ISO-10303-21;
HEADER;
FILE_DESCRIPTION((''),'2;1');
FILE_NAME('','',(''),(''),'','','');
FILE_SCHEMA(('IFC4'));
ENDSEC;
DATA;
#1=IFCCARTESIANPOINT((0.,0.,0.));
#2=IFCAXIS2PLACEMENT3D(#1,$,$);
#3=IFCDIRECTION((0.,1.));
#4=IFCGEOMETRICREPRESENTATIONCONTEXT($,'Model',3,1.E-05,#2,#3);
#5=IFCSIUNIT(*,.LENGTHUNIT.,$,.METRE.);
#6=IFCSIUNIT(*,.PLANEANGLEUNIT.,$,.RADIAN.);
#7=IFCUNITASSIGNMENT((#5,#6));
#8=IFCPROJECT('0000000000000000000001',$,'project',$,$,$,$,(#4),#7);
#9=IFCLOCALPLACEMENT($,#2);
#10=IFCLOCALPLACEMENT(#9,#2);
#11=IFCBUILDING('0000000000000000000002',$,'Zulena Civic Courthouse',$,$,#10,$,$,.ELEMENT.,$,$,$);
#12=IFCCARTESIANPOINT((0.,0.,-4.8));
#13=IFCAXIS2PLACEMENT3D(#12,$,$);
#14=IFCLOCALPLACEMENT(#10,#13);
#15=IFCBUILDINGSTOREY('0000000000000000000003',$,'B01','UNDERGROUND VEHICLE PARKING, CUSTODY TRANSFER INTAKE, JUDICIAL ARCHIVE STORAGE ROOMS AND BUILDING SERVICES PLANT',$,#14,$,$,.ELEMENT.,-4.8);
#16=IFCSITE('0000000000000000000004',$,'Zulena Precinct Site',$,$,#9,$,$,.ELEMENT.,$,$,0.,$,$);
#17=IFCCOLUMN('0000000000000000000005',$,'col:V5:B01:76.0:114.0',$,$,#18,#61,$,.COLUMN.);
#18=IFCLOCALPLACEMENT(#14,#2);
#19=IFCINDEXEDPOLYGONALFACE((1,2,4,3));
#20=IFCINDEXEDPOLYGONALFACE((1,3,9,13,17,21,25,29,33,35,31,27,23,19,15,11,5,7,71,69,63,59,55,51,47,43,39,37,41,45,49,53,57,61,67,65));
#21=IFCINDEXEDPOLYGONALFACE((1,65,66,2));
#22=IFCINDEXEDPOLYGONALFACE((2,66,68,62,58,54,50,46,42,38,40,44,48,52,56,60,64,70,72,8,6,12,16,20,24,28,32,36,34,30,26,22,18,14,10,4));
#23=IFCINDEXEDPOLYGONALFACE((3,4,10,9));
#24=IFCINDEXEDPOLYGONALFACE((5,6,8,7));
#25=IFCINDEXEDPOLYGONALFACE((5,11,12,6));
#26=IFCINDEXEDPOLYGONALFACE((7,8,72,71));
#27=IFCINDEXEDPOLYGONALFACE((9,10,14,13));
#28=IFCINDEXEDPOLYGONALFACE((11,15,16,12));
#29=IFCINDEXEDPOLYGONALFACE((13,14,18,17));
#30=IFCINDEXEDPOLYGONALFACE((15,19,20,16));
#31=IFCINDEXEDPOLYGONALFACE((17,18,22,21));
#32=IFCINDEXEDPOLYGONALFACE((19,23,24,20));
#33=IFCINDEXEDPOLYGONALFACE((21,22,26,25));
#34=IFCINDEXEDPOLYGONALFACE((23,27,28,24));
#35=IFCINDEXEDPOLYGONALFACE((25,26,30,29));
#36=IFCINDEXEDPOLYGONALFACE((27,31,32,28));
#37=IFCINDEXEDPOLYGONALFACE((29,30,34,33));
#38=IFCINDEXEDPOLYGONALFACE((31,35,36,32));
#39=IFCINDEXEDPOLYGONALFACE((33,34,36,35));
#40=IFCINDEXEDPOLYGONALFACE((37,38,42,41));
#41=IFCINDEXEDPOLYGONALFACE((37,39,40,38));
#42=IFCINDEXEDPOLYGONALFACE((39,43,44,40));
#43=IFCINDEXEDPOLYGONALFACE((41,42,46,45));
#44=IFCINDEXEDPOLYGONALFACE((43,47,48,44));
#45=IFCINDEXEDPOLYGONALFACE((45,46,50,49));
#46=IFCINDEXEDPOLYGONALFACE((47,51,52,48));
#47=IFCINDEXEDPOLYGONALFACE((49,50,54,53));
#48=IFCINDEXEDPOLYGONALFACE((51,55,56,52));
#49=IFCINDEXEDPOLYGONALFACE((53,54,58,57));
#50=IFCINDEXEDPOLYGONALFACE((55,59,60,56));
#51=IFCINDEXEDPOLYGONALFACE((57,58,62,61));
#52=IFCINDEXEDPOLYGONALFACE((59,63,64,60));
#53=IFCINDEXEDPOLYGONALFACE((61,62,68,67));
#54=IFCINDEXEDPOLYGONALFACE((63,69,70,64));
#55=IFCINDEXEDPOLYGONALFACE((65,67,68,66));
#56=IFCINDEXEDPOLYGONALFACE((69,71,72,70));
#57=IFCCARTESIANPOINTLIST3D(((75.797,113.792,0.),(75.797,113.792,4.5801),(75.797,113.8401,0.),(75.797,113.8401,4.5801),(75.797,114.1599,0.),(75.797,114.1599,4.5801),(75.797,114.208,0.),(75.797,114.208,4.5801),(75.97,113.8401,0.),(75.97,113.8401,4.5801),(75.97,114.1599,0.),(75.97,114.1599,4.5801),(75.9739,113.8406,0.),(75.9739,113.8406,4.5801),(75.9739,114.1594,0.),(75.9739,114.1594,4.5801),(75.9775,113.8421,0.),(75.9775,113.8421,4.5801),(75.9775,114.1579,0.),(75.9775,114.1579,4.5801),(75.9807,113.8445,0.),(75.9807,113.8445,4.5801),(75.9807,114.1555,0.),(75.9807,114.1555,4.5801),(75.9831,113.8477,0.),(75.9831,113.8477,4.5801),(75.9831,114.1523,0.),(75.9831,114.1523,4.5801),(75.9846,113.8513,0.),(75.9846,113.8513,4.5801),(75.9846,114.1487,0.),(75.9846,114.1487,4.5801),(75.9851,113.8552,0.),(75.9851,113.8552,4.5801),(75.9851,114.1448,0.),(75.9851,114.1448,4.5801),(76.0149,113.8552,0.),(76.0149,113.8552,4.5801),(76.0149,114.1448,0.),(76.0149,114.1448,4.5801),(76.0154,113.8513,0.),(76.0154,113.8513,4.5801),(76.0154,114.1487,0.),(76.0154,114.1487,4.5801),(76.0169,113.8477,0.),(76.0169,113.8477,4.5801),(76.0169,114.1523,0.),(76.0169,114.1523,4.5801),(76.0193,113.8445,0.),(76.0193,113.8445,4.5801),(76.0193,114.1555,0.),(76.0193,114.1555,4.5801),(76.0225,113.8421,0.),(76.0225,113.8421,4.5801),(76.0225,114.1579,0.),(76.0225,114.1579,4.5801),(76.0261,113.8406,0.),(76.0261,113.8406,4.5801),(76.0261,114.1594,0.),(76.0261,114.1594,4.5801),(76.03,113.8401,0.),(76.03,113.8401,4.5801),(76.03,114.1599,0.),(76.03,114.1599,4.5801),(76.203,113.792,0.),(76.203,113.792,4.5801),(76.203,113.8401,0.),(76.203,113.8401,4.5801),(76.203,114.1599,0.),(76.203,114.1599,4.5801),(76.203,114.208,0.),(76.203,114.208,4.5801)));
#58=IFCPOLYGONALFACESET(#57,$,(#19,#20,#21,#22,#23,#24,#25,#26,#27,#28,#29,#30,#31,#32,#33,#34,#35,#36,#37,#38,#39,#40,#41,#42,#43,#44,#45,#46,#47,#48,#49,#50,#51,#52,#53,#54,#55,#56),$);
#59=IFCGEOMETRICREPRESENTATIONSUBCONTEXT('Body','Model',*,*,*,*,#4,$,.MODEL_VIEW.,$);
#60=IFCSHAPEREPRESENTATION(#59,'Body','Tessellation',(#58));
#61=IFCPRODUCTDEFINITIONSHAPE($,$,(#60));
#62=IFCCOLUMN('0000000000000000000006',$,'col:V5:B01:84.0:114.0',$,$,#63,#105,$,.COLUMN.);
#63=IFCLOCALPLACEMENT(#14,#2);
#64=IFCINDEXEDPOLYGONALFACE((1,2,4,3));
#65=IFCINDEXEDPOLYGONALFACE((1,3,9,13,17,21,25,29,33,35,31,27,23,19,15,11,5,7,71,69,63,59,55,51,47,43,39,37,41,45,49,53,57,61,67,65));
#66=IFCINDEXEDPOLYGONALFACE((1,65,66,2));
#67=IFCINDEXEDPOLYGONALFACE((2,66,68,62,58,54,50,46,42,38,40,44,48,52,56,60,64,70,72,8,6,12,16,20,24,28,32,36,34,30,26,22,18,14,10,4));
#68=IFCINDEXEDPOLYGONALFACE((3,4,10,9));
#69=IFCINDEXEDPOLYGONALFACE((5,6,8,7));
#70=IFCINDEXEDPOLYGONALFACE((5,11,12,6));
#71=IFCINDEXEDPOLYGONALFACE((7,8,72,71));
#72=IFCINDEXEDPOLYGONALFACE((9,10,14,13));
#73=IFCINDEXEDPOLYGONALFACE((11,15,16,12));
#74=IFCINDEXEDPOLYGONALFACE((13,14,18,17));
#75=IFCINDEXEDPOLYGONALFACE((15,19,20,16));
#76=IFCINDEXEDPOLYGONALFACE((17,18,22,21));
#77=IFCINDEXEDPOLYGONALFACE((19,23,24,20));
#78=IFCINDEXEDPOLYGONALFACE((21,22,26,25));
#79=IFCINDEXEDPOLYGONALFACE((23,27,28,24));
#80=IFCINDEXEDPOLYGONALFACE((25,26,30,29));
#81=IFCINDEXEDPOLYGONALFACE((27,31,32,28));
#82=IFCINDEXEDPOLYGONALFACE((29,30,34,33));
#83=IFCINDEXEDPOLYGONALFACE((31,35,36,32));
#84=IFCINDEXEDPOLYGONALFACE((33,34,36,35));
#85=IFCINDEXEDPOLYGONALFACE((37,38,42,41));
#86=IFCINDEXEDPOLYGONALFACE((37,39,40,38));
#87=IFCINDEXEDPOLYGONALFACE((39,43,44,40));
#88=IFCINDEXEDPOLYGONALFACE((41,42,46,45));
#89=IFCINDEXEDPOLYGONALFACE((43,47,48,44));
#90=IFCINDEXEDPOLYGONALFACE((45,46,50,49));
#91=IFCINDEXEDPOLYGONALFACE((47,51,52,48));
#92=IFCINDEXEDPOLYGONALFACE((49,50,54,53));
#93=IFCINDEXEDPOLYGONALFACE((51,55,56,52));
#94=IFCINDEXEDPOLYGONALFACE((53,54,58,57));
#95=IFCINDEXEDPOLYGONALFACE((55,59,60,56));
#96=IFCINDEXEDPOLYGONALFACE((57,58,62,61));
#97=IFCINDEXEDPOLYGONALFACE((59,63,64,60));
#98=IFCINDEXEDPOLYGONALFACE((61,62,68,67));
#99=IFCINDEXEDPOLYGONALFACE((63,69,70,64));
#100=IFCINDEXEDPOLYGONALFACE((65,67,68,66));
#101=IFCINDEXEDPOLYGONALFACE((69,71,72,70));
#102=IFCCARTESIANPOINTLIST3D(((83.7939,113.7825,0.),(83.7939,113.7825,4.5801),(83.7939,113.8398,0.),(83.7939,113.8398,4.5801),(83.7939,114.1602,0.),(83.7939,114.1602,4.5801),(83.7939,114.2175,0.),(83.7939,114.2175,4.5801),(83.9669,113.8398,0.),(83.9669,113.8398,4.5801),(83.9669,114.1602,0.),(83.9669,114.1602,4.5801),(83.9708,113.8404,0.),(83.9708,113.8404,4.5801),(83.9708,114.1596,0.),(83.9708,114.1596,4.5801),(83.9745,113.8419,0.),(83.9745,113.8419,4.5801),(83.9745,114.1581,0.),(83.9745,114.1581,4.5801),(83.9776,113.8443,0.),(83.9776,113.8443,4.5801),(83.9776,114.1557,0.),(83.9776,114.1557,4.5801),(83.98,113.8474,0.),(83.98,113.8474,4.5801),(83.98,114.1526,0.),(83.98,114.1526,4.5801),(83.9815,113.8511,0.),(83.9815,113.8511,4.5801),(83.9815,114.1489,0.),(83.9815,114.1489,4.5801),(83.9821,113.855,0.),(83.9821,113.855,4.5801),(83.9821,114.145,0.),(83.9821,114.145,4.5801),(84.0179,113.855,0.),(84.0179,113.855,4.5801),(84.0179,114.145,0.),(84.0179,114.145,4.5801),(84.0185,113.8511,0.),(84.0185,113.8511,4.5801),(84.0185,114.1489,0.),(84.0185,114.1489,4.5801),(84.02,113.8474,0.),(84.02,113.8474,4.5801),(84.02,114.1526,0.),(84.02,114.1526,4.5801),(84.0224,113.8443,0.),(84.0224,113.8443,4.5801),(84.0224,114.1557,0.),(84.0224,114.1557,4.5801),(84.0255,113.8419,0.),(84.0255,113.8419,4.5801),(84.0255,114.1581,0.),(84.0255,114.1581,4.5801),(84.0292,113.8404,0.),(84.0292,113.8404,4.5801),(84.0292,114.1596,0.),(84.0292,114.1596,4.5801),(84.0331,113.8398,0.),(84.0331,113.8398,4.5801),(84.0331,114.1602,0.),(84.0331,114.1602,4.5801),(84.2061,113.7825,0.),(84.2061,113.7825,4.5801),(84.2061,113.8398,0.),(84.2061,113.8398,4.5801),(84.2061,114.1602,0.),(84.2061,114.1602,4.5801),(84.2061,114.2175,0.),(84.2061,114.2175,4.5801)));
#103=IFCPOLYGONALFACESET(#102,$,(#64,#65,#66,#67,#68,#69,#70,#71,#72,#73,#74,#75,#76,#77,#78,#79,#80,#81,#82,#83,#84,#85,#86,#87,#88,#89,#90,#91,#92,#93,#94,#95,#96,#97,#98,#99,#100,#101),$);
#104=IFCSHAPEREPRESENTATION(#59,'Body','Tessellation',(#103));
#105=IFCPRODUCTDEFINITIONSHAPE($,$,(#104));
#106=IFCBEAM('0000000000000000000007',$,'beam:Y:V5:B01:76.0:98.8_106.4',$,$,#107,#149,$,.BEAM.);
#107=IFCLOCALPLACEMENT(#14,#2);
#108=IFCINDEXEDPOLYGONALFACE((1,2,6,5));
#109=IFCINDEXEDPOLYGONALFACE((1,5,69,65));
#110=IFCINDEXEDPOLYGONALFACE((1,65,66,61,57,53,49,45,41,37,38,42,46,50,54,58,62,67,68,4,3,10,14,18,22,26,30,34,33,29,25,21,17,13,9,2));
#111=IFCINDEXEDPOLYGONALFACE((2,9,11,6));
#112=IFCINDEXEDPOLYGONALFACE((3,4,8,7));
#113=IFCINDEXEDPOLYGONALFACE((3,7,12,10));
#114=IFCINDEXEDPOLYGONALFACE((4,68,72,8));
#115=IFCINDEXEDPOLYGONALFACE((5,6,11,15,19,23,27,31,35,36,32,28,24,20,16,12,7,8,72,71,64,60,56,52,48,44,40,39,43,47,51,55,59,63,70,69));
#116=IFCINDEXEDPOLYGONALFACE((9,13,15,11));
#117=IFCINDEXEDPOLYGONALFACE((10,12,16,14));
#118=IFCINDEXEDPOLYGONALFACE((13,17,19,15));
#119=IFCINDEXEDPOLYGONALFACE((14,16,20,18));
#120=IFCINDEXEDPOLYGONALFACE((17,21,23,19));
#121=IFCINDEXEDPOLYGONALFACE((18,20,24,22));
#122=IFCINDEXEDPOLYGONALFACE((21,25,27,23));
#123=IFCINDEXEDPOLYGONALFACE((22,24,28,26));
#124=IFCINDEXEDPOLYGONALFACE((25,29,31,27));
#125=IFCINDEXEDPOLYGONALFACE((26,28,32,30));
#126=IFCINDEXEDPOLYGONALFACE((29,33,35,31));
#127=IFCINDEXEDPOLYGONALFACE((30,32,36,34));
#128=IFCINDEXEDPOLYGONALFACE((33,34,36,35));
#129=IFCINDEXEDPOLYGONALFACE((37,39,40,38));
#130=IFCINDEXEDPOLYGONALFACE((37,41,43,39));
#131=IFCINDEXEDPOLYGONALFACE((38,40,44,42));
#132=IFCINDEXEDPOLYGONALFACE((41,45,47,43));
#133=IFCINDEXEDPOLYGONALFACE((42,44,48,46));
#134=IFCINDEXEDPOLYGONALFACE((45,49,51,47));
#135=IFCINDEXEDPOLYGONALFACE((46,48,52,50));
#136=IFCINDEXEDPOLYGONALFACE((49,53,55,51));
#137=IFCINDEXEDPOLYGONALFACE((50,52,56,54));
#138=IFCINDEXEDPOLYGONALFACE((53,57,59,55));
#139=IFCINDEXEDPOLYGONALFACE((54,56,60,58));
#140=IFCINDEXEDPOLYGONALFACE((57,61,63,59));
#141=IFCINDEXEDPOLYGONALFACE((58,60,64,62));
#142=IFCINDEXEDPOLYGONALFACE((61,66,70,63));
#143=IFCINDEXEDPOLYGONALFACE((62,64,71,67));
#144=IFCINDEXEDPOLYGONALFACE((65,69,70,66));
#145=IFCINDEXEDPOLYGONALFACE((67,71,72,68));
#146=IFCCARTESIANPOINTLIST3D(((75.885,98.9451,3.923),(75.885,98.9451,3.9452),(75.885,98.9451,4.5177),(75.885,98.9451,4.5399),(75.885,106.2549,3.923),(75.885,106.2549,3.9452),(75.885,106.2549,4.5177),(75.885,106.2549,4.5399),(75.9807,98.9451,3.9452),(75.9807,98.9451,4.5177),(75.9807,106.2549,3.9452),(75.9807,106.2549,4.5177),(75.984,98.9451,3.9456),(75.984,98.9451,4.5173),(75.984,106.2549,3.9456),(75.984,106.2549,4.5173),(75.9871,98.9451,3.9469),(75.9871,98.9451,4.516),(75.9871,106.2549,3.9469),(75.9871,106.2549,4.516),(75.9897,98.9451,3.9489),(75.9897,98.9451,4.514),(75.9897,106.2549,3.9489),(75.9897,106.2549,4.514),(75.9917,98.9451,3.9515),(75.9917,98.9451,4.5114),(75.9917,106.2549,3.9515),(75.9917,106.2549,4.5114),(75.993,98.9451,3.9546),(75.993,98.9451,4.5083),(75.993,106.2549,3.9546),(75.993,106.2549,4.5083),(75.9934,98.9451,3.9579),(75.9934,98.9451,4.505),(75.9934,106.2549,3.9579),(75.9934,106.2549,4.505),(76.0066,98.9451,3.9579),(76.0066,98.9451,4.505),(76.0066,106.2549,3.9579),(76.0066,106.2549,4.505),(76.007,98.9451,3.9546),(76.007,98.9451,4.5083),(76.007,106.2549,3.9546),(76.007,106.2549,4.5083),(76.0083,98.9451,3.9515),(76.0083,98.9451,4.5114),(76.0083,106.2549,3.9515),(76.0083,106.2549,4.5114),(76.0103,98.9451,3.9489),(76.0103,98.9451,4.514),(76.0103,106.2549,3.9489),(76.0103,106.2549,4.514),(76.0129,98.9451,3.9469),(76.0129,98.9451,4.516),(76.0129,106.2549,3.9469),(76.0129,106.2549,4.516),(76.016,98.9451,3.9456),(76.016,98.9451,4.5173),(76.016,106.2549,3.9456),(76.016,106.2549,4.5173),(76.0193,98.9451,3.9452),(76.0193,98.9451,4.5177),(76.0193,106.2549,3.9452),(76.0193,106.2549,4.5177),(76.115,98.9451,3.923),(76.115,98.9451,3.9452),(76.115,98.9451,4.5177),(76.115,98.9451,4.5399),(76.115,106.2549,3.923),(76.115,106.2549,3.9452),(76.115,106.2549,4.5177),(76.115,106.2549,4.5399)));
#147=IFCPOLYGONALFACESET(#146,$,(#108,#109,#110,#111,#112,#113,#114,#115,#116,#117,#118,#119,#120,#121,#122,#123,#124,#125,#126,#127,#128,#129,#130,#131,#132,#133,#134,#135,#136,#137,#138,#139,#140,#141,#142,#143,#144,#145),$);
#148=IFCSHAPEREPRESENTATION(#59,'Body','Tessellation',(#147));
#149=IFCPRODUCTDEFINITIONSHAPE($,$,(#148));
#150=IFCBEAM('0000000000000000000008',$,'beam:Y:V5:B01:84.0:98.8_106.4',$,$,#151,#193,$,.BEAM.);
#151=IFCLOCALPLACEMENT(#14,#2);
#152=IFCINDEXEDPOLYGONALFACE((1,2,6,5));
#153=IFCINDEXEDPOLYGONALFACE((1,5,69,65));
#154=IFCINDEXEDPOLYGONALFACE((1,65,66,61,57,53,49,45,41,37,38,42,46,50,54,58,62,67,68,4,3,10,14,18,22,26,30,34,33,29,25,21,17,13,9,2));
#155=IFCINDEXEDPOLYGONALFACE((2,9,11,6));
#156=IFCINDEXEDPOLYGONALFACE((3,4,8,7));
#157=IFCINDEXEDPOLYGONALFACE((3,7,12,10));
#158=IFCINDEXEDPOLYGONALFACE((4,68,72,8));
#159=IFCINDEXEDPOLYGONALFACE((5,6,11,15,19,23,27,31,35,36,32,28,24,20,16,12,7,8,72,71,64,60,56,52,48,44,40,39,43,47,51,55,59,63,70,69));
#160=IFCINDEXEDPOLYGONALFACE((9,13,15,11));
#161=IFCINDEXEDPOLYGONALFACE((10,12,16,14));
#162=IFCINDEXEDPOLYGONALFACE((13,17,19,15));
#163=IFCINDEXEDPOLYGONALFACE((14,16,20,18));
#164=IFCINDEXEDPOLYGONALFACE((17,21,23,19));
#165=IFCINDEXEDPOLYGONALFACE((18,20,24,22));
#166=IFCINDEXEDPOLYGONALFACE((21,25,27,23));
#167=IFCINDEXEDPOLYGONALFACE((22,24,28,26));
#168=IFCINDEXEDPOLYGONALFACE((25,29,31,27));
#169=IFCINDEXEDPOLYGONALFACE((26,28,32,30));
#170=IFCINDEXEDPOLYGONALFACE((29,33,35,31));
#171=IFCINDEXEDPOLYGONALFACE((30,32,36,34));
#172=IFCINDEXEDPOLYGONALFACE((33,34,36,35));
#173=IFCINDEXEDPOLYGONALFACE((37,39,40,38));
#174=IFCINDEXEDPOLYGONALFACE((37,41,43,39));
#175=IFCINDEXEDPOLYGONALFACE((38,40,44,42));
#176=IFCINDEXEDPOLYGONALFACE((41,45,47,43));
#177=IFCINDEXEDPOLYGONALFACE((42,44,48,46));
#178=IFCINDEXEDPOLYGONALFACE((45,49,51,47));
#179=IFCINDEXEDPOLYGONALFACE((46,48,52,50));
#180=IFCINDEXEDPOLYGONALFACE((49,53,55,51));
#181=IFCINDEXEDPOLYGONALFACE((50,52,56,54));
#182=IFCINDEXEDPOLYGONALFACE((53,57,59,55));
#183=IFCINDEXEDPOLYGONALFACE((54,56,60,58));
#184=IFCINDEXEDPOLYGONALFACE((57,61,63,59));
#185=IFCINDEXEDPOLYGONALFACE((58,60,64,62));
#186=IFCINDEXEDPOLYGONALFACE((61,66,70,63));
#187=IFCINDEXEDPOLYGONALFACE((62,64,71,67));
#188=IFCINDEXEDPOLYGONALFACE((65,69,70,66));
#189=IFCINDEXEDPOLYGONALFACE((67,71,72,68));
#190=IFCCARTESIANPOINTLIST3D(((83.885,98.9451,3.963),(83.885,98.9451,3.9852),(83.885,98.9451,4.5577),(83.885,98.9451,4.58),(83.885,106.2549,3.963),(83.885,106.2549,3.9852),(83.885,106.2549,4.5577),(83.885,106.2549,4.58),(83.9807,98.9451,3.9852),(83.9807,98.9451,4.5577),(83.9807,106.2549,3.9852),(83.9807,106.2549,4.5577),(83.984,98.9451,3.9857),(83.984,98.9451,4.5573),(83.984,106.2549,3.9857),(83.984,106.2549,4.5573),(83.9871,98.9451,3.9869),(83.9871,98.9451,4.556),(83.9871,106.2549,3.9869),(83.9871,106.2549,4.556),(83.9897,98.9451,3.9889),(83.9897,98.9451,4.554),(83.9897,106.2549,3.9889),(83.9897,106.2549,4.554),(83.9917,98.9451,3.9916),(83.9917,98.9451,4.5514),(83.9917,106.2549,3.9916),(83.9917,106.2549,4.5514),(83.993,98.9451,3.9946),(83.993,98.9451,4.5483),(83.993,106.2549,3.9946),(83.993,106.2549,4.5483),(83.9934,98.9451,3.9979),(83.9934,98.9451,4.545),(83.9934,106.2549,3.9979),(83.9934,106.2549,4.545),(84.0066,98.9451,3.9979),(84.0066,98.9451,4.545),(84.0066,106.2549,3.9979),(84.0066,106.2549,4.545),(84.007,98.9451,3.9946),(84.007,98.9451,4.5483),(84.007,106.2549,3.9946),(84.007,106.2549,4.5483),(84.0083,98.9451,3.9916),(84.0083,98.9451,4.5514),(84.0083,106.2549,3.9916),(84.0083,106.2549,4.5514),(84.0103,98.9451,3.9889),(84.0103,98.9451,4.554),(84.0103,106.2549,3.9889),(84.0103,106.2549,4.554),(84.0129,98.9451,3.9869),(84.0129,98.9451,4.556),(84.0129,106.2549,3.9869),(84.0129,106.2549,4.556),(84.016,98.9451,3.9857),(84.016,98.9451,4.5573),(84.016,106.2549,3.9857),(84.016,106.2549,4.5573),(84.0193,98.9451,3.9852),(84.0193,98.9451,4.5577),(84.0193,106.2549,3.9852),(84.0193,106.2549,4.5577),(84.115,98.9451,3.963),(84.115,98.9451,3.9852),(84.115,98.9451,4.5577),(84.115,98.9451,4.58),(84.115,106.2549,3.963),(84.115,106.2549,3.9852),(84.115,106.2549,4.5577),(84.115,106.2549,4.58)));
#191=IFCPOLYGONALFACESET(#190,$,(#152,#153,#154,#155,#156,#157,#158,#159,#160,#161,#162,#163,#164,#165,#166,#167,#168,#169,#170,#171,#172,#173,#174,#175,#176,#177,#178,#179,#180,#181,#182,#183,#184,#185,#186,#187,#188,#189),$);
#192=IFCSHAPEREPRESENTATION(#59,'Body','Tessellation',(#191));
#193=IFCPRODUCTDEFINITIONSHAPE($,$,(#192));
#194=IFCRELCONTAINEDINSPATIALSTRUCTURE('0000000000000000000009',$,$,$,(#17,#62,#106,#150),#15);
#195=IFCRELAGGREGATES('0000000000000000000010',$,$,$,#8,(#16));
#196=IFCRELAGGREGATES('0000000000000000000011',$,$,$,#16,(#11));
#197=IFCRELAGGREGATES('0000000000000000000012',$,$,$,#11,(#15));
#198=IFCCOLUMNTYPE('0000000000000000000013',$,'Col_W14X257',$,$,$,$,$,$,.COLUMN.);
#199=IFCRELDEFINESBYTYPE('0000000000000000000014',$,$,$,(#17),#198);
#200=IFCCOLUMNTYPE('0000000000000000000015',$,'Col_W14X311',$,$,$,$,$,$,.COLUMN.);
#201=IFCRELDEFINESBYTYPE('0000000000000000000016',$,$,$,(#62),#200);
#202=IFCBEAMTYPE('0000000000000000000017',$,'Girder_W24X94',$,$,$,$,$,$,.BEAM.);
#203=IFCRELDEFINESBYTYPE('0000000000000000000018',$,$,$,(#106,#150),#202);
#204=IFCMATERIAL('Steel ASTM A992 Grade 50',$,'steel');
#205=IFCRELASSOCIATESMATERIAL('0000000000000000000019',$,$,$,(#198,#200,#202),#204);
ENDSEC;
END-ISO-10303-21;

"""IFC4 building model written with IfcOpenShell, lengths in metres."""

from ifc_helpers import new_model, si_unit, direction, frame, origin, origin_2d, place, context, subcontext, project, spatial, i_section, extrude, material, material_profile, profile_set, type_object, element, save


model = new_model("IFC4")

# Units and contexts
model_context = context("Model", 3, precision=1e-05, world=origin(), true_north=direction((0.0, 1.0)))
body_context = subcontext(model_context, "Body", "Model", "MODEL_VIEW")
ifc_project = project(units=[si_unit("LENGTHUNIT", "METRE"), si_unit("PLANEANGLEUNIT", "RADIAN")], contexts=[model_context])

# Site, building, storey
site_placement = place(None, origin())
site = spatial("IfcSite", under=ifc_project, at=site_placement, Name="Zulena Precinct Site", CompositionType="ELEMENT", RefElevation=0.0)
building_placement = place(site_placement, origin())
building = spatial("IfcBuilding", under=site, at=building_placement, Name="Zulena Civic Courthouse", CompositionType="ELEMENT")
storey_placement = place(building_placement, frame((0.0, 0.0, -4.8)))
storey = spatial("IfcBuildingStorey", under=building, at=storey_placement, Name="B01", Description="UNDERGROUND VEHICLE PARKING, CUSTODY TRANSFER INTAKE, JUDICIAL ARCHIVE STORAGE ROOMS AND BUILDING SERVICES PLANT", CompositionType="ELEMENT", Elevation=-4.8)

# Columns
ifc_material_1 = material(Name="Steel ASTM A992 Grade 50", Category="steel")
ifc_material_profile_1 = material_profile(ifc_material_1, i_section(OverallWidth=0.406, OverallDepth=0.416, WebThickness=0.0298, FlangeThickness=0.0481, FilletRadius=0.0151, at=origin_2d()), Name="W14X257")
ifc_profile_set_1 = profile_set([ifc_material_profile_1], Name="Steel ASTM A992 Grade 50")
column_type_1 = type_object("IfcColumnType", Name="Col_W14X257", PredefinedType="COLUMN", material=ifc_profile_set_1)
column_1_placement = place(storey_placement, frame((76.0, 114.0, 0.0), z_axis=(0.0, 0.0, 1.0), x_axis=(1.0, 0.0, 0.0)))
element("IfcColumn", 1, at=column_1_placement, inside=storey, type_object=column_type_1, Name="col:V5:B01:76.0:114.0", PredefinedType="COLUMN", context=body_context, shape_type="SweptSolid", body=[
    extrude(i_section(OverallWidth=0.406, OverallDepth=0.416, WebThickness=0.0298, FlangeThickness=0.0481, FilletRadius=0.0151, at=origin_2d()), origin(), (0.0, 0.0, 1.0), 4.5801),
])
ifc_material_profile_2 = material_profile(ifc_material_1, i_section(OverallWidth=0.4121, OverallDepth=0.4351, WebThickness=0.0359, FlangeThickness=0.0574, FilletRadius=0.0151, at=origin_2d()), Name="W14X311")
ifc_profile_set_2 = profile_set([ifc_material_profile_2], Name="Steel ASTM A992 Grade 50")
column_type_2 = type_object("IfcColumnType", Name="Col_W14X311", PredefinedType="COLUMN", material=ifc_profile_set_2)
column_2_placement = place(storey_placement, frame((84.0, 114.0, 0.0), z_axis=(0.0, 0.0, 1.0), x_axis=(1.0, 0.0, 0.0)))
element("IfcColumn", 2, at=column_2_placement, inside=storey, type_object=column_type_2, Name="col:V5:B01:84.0:114.0", PredefinedType="COLUMN", context=body_context, shape_type="SweptSolid", body=[
    extrude(i_section(OverallWidth=0.4121, OverallDepth=0.4351, WebThickness=0.0359, FlangeThickness=0.0574, FilletRadius=0.0151, at=origin_2d()), origin(), (0.0, 0.0, 1.0), 4.5801),
])

# Beams
ifc_material_profile_3 = material_profile(ifc_material_1, i_section(OverallWidth=0.23, OverallDepth=0.6169, WebThickness=0.0132, FlangeThickness=0.0222, FilletRadius=0.0127, at=origin_2d()), Name="W24X94")
ifc_profile_set_3 = profile_set([ifc_material_profile_3], Name="Steel ASTM A992 Grade 50")
beam_type_1 = type_object("IfcBeamType", Name="Girder_W24X94", PredefinedType="BEAM", material=ifc_profile_set_3)
for number, where, z_axis, x_axis, name in (
    (3, (76.0, 98.9451, 4.2314), (0.0, 1.0, 0.0), (-1.0, 0.0, 0.0), "beam:Y:V5:B01:76.0:98.8_106.4"),
    (4, (84.0, 98.9451, 4.2715), (0.0, 1.0, 0.0), (-1.0, 0.0, 0.0), "beam:Y:V5:B01:84.0:98.8_106.4"),
):
    element("IfcBeam", number, at=place(storey_placement, frame(where, z_axis=z_axis, x_axis=x_axis)), inside=storey, type_object=beam_type_1, Name=name, PredefinedType="BEAM", context=body_context, shape_type="SweptSolid", body=[
        extrude(i_section(OverallWidth=0.23, OverallDepth=0.6169, WebThickness=0.0132, FlangeThickness=0.0222, FilletRadius=0.0127, at=origin_2d()), origin(), (0.0, 0.0, 1.0), 7.3098),
    ])

save(model, "model.ifc")
